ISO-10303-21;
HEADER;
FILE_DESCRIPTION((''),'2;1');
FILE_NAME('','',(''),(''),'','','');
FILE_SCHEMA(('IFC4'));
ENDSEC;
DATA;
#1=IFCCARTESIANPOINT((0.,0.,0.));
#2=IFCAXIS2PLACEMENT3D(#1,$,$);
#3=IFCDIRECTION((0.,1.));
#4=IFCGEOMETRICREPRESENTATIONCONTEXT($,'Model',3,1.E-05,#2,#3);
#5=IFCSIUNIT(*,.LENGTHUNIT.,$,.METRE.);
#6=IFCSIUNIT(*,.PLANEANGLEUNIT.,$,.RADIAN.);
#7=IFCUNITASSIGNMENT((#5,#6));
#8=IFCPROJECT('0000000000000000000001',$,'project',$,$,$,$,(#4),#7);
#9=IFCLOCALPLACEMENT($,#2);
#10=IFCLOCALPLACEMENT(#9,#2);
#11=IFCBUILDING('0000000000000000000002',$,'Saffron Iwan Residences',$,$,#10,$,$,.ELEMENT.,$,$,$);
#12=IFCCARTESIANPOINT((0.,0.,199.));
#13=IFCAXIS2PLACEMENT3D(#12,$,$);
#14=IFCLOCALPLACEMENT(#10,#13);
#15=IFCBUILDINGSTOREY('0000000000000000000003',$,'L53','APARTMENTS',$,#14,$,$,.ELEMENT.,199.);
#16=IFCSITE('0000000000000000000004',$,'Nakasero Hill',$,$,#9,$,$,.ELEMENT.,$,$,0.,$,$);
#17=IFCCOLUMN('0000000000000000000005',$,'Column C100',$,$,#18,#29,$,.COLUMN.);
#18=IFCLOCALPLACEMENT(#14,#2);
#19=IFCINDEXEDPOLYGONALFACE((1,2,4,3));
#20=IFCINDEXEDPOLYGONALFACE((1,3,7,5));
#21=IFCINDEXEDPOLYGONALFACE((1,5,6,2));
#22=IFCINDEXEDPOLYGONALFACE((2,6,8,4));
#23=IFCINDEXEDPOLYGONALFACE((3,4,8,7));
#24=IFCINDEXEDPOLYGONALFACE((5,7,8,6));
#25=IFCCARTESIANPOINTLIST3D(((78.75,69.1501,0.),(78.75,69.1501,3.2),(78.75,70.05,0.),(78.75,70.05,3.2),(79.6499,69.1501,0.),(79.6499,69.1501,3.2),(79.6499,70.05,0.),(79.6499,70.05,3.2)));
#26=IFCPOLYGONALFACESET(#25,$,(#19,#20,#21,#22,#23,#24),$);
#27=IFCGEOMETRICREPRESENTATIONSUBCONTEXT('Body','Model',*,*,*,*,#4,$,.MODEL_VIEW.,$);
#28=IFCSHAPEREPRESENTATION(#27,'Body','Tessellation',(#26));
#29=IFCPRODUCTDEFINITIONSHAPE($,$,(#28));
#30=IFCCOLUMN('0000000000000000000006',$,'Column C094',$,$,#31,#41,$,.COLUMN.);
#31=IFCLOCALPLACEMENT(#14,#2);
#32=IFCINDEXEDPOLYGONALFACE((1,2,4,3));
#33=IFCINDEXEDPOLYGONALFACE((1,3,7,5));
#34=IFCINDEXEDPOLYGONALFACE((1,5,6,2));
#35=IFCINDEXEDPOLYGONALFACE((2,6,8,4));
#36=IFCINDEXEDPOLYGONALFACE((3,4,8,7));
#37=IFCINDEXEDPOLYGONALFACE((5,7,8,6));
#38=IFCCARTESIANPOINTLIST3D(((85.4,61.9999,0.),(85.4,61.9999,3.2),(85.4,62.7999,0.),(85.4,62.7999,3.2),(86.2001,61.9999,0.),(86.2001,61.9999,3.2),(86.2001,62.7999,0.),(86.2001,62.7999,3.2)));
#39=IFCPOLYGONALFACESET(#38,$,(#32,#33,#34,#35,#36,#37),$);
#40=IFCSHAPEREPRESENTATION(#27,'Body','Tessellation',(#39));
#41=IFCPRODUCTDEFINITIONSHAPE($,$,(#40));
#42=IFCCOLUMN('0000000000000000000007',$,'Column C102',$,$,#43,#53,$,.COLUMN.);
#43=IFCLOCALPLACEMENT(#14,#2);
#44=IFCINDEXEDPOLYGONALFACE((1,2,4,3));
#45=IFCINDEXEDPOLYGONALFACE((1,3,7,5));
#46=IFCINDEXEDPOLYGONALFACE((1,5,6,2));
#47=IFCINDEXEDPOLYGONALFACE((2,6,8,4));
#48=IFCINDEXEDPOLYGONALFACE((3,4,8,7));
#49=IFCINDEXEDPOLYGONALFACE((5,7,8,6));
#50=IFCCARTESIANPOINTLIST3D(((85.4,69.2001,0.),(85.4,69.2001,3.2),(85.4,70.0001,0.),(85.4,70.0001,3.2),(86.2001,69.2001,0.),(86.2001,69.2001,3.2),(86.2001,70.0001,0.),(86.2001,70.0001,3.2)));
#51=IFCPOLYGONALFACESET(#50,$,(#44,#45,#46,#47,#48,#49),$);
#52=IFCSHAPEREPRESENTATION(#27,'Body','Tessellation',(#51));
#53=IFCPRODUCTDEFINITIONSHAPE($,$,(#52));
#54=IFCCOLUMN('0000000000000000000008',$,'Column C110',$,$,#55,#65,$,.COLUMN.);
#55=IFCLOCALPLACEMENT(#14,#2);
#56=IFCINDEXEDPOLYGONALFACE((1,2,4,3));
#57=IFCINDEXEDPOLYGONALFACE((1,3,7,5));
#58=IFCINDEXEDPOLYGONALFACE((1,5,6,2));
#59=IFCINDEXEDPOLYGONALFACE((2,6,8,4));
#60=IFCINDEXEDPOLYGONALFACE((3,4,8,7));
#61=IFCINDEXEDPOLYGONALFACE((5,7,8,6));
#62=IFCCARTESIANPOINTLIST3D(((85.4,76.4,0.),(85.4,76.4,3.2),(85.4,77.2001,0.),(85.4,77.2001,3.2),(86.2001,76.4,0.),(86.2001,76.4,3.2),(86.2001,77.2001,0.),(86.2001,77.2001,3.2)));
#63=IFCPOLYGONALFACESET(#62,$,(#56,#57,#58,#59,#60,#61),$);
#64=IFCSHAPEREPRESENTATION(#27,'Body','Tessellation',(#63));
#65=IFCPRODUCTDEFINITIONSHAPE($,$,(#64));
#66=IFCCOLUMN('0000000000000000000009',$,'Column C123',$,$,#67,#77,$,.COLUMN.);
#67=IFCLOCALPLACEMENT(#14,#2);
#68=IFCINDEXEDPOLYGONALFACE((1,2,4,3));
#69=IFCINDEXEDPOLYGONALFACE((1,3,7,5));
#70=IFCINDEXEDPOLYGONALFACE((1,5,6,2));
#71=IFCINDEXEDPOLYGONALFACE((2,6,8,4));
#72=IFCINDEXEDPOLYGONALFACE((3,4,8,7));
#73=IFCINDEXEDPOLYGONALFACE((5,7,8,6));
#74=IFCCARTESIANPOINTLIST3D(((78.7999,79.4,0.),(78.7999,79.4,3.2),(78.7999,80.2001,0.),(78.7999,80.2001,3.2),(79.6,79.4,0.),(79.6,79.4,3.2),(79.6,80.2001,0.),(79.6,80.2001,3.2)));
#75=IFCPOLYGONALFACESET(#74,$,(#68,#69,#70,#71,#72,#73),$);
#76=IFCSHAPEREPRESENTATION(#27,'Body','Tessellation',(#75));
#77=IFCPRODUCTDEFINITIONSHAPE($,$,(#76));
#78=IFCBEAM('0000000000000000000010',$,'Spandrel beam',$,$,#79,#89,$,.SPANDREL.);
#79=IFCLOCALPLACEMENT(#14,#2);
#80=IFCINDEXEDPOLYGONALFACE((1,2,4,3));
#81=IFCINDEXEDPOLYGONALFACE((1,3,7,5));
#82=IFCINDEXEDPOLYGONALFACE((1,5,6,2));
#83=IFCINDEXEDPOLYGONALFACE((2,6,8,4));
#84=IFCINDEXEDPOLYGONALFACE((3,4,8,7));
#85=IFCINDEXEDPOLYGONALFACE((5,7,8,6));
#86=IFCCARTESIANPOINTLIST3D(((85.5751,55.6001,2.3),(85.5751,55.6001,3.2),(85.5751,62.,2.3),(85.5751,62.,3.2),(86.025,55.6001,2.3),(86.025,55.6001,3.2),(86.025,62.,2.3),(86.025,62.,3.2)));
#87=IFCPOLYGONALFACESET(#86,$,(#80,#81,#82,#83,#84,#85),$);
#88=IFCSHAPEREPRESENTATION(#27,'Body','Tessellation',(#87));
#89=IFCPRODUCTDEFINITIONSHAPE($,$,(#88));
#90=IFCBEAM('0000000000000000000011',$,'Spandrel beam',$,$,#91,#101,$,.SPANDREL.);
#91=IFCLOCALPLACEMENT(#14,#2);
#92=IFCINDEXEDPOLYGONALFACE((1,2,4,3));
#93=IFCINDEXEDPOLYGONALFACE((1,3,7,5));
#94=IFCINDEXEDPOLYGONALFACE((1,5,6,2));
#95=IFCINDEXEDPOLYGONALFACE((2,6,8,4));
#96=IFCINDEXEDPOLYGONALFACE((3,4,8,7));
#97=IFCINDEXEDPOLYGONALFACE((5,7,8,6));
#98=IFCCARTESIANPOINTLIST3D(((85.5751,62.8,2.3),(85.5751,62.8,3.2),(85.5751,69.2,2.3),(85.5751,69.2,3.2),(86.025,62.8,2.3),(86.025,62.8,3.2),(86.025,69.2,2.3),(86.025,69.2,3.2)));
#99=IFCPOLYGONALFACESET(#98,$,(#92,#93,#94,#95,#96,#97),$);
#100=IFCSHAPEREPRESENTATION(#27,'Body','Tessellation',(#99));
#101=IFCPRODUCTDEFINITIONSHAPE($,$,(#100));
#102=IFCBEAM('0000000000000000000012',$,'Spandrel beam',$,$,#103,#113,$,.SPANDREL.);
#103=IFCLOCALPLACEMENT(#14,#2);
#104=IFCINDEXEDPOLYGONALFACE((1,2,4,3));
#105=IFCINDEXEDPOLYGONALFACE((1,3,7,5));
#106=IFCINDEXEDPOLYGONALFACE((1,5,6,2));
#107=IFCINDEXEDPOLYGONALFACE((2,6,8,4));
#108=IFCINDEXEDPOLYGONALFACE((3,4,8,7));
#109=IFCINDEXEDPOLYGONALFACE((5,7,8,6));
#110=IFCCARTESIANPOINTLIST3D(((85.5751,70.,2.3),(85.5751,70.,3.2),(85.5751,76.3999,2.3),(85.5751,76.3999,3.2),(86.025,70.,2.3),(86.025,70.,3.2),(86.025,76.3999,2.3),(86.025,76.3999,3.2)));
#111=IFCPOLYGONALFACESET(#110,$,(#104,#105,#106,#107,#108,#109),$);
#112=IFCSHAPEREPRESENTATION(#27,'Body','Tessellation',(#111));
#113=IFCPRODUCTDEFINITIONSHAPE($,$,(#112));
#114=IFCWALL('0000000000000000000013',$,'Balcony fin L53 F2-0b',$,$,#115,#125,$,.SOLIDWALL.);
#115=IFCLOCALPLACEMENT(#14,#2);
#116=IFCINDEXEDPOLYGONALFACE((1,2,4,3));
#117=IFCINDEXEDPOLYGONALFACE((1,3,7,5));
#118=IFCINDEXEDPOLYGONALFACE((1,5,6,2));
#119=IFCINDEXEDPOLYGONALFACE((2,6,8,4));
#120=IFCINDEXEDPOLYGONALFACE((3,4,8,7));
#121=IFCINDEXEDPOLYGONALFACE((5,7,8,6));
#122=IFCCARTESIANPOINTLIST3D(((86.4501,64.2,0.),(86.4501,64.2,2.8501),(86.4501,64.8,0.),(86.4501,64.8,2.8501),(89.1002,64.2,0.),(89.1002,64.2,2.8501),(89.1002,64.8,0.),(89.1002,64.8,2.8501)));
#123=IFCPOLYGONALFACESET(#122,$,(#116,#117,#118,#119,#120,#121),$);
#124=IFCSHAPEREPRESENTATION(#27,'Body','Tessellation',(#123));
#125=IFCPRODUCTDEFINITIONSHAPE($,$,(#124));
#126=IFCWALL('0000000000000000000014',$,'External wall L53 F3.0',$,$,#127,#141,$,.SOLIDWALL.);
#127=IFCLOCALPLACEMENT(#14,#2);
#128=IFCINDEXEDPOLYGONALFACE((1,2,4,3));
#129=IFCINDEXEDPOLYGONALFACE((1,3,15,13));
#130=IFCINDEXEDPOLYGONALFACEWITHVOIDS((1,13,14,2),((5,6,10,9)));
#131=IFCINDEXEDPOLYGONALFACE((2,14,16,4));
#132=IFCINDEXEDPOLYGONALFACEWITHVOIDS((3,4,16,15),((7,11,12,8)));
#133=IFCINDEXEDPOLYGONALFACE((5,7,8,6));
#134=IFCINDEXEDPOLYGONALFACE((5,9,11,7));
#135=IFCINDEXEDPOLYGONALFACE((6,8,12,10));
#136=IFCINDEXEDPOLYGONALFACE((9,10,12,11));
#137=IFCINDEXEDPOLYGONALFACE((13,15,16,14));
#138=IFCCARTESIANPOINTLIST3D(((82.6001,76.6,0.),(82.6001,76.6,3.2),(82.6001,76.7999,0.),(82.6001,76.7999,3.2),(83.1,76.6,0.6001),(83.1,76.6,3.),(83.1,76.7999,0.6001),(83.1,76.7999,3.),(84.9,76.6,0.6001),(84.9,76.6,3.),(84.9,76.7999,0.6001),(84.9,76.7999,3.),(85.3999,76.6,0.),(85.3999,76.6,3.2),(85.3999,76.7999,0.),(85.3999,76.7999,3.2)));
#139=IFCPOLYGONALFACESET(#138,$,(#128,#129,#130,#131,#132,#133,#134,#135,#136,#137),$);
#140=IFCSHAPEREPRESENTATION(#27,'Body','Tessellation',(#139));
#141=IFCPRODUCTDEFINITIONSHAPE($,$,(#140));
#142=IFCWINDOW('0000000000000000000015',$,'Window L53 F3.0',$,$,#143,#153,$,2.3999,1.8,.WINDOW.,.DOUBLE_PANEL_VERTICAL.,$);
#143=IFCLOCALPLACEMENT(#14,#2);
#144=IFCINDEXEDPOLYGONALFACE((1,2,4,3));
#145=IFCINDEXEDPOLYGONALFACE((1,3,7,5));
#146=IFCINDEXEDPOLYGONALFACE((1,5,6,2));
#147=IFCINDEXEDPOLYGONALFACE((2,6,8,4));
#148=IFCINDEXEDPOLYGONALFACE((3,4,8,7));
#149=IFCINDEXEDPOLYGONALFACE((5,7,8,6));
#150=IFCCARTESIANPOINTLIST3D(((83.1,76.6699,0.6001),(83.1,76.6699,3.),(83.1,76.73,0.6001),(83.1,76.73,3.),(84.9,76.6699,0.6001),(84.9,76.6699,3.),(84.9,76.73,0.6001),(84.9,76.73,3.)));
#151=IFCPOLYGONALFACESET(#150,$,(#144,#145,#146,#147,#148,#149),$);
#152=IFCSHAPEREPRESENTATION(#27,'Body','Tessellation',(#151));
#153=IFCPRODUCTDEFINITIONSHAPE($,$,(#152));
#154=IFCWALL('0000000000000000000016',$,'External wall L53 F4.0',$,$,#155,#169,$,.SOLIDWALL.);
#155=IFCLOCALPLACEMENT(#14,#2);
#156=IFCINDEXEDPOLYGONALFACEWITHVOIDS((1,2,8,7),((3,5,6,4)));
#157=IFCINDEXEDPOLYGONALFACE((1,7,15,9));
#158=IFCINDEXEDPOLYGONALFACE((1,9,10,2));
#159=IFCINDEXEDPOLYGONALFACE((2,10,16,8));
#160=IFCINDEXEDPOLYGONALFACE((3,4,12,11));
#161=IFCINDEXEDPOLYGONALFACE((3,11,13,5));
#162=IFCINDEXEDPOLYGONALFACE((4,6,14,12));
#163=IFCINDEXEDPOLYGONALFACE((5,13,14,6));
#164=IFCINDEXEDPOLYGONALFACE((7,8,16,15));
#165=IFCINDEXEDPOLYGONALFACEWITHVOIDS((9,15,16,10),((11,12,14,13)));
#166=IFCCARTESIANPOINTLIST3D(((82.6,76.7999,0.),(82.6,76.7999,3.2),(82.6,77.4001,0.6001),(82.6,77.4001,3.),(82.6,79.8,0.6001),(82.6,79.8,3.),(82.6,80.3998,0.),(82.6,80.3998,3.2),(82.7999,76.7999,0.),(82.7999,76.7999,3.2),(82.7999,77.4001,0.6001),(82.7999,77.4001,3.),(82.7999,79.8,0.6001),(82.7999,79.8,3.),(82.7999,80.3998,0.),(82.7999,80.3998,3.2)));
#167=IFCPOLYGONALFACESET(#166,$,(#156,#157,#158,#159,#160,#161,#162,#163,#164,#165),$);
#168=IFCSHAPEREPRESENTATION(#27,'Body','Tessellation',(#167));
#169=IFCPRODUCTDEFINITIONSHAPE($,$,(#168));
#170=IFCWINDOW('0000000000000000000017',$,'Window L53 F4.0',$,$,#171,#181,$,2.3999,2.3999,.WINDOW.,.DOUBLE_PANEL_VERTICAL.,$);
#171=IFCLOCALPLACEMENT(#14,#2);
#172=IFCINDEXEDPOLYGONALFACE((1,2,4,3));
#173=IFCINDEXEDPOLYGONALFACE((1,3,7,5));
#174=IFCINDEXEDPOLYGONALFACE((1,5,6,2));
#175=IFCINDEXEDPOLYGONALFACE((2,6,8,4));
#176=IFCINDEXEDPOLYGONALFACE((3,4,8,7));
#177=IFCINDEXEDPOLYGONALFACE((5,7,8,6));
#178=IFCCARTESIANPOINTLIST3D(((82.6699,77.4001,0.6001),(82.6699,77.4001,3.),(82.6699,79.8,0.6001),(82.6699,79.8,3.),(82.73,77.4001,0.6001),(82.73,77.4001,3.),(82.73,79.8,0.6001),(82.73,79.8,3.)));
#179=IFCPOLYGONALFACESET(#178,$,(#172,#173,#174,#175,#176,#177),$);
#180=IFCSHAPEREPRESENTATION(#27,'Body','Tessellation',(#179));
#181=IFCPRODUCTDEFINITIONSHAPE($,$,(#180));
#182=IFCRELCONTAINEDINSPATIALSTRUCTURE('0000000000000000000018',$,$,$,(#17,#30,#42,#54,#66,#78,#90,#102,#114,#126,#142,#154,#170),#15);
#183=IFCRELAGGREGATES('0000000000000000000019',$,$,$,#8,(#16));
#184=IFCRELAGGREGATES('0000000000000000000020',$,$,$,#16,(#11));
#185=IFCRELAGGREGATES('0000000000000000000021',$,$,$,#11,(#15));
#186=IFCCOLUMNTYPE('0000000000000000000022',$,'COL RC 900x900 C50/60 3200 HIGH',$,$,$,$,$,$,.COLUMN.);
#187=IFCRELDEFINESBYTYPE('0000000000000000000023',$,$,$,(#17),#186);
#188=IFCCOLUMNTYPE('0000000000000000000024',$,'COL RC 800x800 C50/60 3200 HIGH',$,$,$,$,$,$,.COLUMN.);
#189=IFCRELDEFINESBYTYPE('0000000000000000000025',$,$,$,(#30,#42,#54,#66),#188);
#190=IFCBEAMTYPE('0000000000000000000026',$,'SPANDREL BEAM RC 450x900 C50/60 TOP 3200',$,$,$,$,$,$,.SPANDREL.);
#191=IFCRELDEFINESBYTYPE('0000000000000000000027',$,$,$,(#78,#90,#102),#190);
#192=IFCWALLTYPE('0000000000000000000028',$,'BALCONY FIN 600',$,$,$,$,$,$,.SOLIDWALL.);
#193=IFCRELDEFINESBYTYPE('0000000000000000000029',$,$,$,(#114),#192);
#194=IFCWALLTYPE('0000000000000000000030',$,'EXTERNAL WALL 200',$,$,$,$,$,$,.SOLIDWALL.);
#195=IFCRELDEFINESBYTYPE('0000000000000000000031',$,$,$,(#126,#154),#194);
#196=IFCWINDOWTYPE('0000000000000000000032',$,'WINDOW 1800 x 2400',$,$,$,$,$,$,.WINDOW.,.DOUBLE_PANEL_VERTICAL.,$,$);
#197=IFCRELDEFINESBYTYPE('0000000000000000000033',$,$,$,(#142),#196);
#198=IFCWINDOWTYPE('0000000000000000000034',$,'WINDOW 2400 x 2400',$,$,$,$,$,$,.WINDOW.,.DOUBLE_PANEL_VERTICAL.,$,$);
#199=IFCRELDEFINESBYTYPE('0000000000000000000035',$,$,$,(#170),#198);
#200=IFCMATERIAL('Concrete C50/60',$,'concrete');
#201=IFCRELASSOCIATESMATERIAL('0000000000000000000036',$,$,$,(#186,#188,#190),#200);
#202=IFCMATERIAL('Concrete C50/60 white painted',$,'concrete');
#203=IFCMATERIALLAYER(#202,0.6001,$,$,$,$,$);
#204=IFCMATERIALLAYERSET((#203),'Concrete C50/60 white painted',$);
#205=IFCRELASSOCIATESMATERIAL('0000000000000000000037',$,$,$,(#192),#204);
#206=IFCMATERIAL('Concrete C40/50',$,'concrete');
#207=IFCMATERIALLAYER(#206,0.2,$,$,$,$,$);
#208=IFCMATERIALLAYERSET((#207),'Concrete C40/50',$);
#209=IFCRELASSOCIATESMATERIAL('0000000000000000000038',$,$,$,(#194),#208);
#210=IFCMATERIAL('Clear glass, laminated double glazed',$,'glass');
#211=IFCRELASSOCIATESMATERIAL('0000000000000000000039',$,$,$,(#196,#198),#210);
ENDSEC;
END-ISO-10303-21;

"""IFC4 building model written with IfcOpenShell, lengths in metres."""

from ifc_helpers import new_model, si_unit, direction, frame, frame_2d, origin, origin_2d, place, context, subcontext, project, spatial, rectangle, extrude, source, transform, mapped, material, layer, layer_set, material_profile, profile_set, type_object, element, fill, save


model = new_model("IFC4")

# Units and contexts
model_context = context("Model", 3, precision=1e-05, world=origin(), true_north=direction((0.0, 1.0)))
body_context = subcontext(model_context, "Body", "Model", "MODEL_VIEW")
ifc_project = project(units=[si_unit("LENGTHUNIT", "METRE"), si_unit("PLANEANGLEUNIT", "RADIAN")], contexts=[model_context])

# Site, building, storey
site_placement = place(None, origin())
site = spatial("IfcSite", under=ifc_project, at=site_placement, Name="Nakasero Hill", CompositionType="ELEMENT", RefElevation=0.0)
building_placement = place(site_placement, origin())
building = spatial("IfcBuilding", under=site, at=building_placement, Name="Saffron Iwan Residences", CompositionType="ELEMENT")
storey_placement = place(building_placement, frame((0.0, 0.0, 199.0)))
storey = spatial("IfcBuildingStorey", under=building, at=storey_placement, Name="L53", Description="APARTMENTS", CompositionType="ELEMENT", Elevation=199.0)

# Columns
ifc_material_1 = material(Name="Concrete C50/60", Category="concrete")
ifc_material_profile_1 = material_profile(ifc_material_1, rectangle(XDim=0.8999, YDim=0.8999, at=origin_2d()), Name="RC 900x900")
ifc_profile_set_1 = profile_set([ifc_material_profile_1], Name="Concrete C50/60")
column_type_1 = type_object("IfcColumnType", Name="COL RC 900x900 C50/60 3200 HIGH", PredefinedType="COLUMN", material=ifc_profile_set_1)
shared_shape_1 = source(origin(), body_context, "Body", "SweptSolid", [
    extrude(rectangle(XDim=0.8999, YDim=0.8999, at=origin_2d()), origin(), (0.0, 0.0, 1.0), 3.2),
])
column_placement = place(storey_placement, frame((79.2, 69.6001, 0.0), z_axis=(0.0, 0.0, 1.0), x_axis=(1.0, 0.0, 0.0)))
element("IfcColumn", 1, at=column_placement, inside=storey, type_object=column_type_1, Name="Column C100", PredefinedType="COLUMN", context=body_context, shape_type="MappedRepresentation", body=[
    mapped(shared_shape_1, transform((0.0, 0.0, 0.0))),
])
ifc_material_profile_2 = material_profile(ifc_material_1, rectangle(XDim=0.8, YDim=0.8, at=origin_2d()), Name="RC 800x800")
ifc_profile_set_2 = profile_set([ifc_material_profile_2], Name="Concrete C50/60")
column_type_2 = type_object("IfcColumnType", Name="COL RC 800x800 C50/60 3200 HIGH", PredefinedType="COLUMN", material=ifc_profile_set_2)
shared_shape_2 = source(origin(), body_context, "Body", "SweptSolid", [
    extrude(rectangle(XDim=0.8, YDim=0.8, at=origin_2d()), origin(), (0.0, 0.0, 1.0), 3.2),
])
for number, where, z_axis, x_axis, name in (
    (2, (85.8, 62.3999, 0.0), (0.0, 0.0, 1.0), (1.0, 0.0, 0.0), "Column C094"),
    (3, (85.8, 69.6001, 0.0), (0.0, 0.0, 1.0), (1.0, 0.0, 0.0), "Column C102"),
    (4, (85.8, 76.8, 0.0), (0.0, 0.0, 1.0), (1.0, 0.0, 0.0), "Column C110"),
    (5, (79.2, 79.8, 0.0), (0.0, 0.0, 1.0), (1.0, 0.0, 0.0), "Column C123"),
):
    element("IfcColumn", number, at=place(storey_placement, frame(where, z_axis=z_axis, x_axis=x_axis)), inside=storey, type_object=column_type_2, Name=name, PredefinedType="COLUMN", context=body_context, shape_type="MappedRepresentation", body=[
        mapped(shared_shape_2, transform((0.0, 0.0, 0.0))),
    ])

# Beams
ifc_material_profile_3 = material_profile(ifc_material_1, rectangle(XDim=0.45, YDim=0.8999, at=origin_2d()), Name="RC 450x900")
ifc_profile_set_3 = profile_set([ifc_material_profile_3], Name="Concrete C50/60")
beam_type = type_object("IfcBeamType", Name="SPANDREL BEAM RC 450x900 C50/60 TOP 3200", PredefinedType="SPANDREL", material=ifc_profile_set_3)
shared_shape_3 = source(origin(), body_context, "Body", "SweptSolid", [
    extrude(rectangle(XDim=0.45, YDim=0.8999, at=origin_2d()), origin(), (0.0, 0.0, 1.0), 6.3999),
])
for number, where, z_axis, x_axis, name in (
    (6, (85.8, 62.0, 2.75), (0.0, -1.0, 0.0), (1.0, 0.0, 0.0), "Spandrel beam"),
    (7, (85.8, 69.2, 2.75), (0.0, -1.0, 0.0), (1.0, 0.0, 0.0), "Spandrel beam"),
    (8, (85.8, 76.3999, 2.75), (0.0, -1.0, 0.0), (1.0, 0.0, 0.0), "Spandrel beam"),
):
    element("IfcBeam", number, at=place(storey_placement, frame(where, z_axis=z_axis, x_axis=x_axis)), inside=storey, type_object=beam_type, Name=name, PredefinedType="SPANDREL", context=body_context, shape_type="MappedRepresentation", body=[
        mapped(shared_shape_3, transform((0.0, 0.0, 0.0))),
    ])

# Wall
ifc_material_2 = material(Name="Concrete C50/60 white painted", Category="concrete")
ifc_layer_1 = layer(ifc_material_2, 0.6001)
ifc_layer_set_1 = layer_set([ifc_layer_1], Name="Concrete C50/60 white painted")
wall_type_1 = type_object("IfcWallType", Name="BALCONY FIN 600", PredefinedType="SOLIDWALL", material=ifc_layer_set_1)
wall_1_placement = place(storey_placement, frame((86.45, 64.5, 0.0), z_axis=(0.0, 0.0, 1.0), x_axis=(1.0, 0.0, 0.0)))
element("IfcWall", 9, at=wall_1_placement, inside=storey, type_object=wall_type_1, Name="Balcony fin L53 F2-0b", PredefinedType="SOLIDWALL", context=body_context, shape_type="SweptSolid", body=[
    extrude(rectangle(XDim=2.6501, YDim=0.6001, at=frame_2d((1.3252, 0.0))), origin(), (0.0, 0.0, 1.0), 2.8501),
])

# Walls, openings, windows
ifc_material_3 = material(Name="Concrete C40/50", Category="concrete")
ifc_layer_2 = layer(ifc_material_3, 0.2)
ifc_layer_set_2 = layer_set([ifc_layer_2], Name="Concrete C40/50")
wall_type_2 = type_object("IfcWallType", Name="EXTERNAL WALL 200", PredefinedType="SOLIDWALL", material=ifc_layer_set_2)
wall_2_placement = place(storey_placement, frame((85.3999, 76.7, 0.0), z_axis=(0.0, 0.0, 1.0), x_axis=(-1.0, 0.0, 0.0)))
wall_2 = element("IfcWall", 10, at=wall_2_placement, inside=storey, type_object=wall_type_2, Name="External wall L53 F3.0", PredefinedType="SOLIDWALL", context=body_context, shape_type="SweptSolid", body=[
    extrude(rectangle(XDim=2.7998, YDim=0.2, at=frame_2d((1.3999, 0.0))), origin(), (0.0, 0.0, 1.0), 3.2),
])
opening_1_placement = place(wall_2_placement, frame((0.5, 0.0, 0.6001)))
opening_1 = element("IfcOpeningElement", 11, at=opening_1_placement, cuts=wall_2, PredefinedType="OPENING", context=body_context, shape_type="SweptSolid", body=[
    extrude(rectangle(XDim=1.8, YDim=2.3999, at=frame_2d((0.8999, 1.2))), frame((0.0, 0.1099, 0.0), z_axis=(0.0, -1.0, 0.0), x_axis=(1.0, 0.0, 0.0)), (0.0, 0.0, 1.0), 0.22),
])
ifc_material_4 = material(Name="Clear glass, laminated double glazed", Category="glass")
window_type_1 = type_object("IfcWindowType", Name="WINDOW 1800 x 2400", PartitioningType="DOUBLE_PANEL_VERTICAL", PredefinedType="WINDOW", material=ifc_material_4)
window_1_placement = place(opening_1_placement, origin())
window_1 = element("IfcWindow", 12, at=window_1_placement, inside=storey, type_object=window_type_1, Name="Window L53 F3.0", OverallHeight=2.3999, OverallWidth=1.8, PartitioningType="DOUBLE_PANEL_VERTICAL", PredefinedType="WINDOW", context=body_context, shape_type="SweptSolid", body=[
    extrude(rectangle(XDim=1.8, YDim=2.3999, at=frame_2d((0.8999, 1.2))), frame((0.0, 0.03, 0.0), z_axis=(0.0, -1.0, 0.0), x_axis=(1.0, 0.0, 0.0)), (0.0, 0.0, 1.0), 0.0601),
])
fill(opening_1, window_1)
wall_3_placement = place(storey_placement, frame((82.7, 76.8, 0.0), z_axis=(0.0, 0.0, 1.0), x_axis=(0.0, 1.0, 0.0)))
wall_3 = element("IfcWall", 13, at=wall_3_placement, inside=storey, type_object=wall_type_2, Name="External wall L53 F4.0", PredefinedType="SOLIDWALL", context=body_context, shape_type="SweptSolid", body=[
    extrude(rectangle(XDim=3.5999, YDim=0.2, at=frame_2d((1.7998, 0.0))), origin(), (0.0, 0.0, 1.0), 3.2),
])
opening_2_placement = place(wall_3_placement, frame((0.6001, 0.0, 0.6001)))
opening_2 = element("IfcOpeningElement", 14, at=opening_2_placement, cuts=wall_3, PredefinedType="OPENING", context=body_context, shape_type="SweptSolid", body=[
    extrude(rectangle(XDim=2.3999, YDim=2.3999, at=frame_2d((1.2, 1.2))), frame((0.0, 0.1099, 0.0), z_axis=(0.0, -1.0, 0.0), x_axis=(1.0, 0.0, 0.0)), (0.0, 0.0, 1.0), 0.22),
])
window_type_2 = type_object("IfcWindowType", Name="WINDOW 2400 x 2400", PartitioningType="DOUBLE_PANEL_VERTICAL", PredefinedType="WINDOW", material=ifc_material_4)
window_2_placement = place(opening_2_placement, origin())
window_2 = element("IfcWindow", 15, at=window_2_placement, inside=storey, type_object=window_type_2, Name="Window L53 F4.0", OverallHeight=2.3999, OverallWidth=2.3999, PartitioningType="DOUBLE_PANEL_VERTICAL", PredefinedType="WINDOW", context=body_context, shape_type="SweptSolid", body=[
    extrude(rectangle(XDim=2.3999, YDim=2.3999, at=frame_2d((1.2, 1.2))), frame((0.0, 0.03, 0.0), z_axis=(0.0, -1.0, 0.0), x_axis=(1.0, 0.0, 0.0)), (0.0, 0.0, 1.0), 0.0601),
])
fill(opening_2, window_2)

save(model, "model.ifc")
